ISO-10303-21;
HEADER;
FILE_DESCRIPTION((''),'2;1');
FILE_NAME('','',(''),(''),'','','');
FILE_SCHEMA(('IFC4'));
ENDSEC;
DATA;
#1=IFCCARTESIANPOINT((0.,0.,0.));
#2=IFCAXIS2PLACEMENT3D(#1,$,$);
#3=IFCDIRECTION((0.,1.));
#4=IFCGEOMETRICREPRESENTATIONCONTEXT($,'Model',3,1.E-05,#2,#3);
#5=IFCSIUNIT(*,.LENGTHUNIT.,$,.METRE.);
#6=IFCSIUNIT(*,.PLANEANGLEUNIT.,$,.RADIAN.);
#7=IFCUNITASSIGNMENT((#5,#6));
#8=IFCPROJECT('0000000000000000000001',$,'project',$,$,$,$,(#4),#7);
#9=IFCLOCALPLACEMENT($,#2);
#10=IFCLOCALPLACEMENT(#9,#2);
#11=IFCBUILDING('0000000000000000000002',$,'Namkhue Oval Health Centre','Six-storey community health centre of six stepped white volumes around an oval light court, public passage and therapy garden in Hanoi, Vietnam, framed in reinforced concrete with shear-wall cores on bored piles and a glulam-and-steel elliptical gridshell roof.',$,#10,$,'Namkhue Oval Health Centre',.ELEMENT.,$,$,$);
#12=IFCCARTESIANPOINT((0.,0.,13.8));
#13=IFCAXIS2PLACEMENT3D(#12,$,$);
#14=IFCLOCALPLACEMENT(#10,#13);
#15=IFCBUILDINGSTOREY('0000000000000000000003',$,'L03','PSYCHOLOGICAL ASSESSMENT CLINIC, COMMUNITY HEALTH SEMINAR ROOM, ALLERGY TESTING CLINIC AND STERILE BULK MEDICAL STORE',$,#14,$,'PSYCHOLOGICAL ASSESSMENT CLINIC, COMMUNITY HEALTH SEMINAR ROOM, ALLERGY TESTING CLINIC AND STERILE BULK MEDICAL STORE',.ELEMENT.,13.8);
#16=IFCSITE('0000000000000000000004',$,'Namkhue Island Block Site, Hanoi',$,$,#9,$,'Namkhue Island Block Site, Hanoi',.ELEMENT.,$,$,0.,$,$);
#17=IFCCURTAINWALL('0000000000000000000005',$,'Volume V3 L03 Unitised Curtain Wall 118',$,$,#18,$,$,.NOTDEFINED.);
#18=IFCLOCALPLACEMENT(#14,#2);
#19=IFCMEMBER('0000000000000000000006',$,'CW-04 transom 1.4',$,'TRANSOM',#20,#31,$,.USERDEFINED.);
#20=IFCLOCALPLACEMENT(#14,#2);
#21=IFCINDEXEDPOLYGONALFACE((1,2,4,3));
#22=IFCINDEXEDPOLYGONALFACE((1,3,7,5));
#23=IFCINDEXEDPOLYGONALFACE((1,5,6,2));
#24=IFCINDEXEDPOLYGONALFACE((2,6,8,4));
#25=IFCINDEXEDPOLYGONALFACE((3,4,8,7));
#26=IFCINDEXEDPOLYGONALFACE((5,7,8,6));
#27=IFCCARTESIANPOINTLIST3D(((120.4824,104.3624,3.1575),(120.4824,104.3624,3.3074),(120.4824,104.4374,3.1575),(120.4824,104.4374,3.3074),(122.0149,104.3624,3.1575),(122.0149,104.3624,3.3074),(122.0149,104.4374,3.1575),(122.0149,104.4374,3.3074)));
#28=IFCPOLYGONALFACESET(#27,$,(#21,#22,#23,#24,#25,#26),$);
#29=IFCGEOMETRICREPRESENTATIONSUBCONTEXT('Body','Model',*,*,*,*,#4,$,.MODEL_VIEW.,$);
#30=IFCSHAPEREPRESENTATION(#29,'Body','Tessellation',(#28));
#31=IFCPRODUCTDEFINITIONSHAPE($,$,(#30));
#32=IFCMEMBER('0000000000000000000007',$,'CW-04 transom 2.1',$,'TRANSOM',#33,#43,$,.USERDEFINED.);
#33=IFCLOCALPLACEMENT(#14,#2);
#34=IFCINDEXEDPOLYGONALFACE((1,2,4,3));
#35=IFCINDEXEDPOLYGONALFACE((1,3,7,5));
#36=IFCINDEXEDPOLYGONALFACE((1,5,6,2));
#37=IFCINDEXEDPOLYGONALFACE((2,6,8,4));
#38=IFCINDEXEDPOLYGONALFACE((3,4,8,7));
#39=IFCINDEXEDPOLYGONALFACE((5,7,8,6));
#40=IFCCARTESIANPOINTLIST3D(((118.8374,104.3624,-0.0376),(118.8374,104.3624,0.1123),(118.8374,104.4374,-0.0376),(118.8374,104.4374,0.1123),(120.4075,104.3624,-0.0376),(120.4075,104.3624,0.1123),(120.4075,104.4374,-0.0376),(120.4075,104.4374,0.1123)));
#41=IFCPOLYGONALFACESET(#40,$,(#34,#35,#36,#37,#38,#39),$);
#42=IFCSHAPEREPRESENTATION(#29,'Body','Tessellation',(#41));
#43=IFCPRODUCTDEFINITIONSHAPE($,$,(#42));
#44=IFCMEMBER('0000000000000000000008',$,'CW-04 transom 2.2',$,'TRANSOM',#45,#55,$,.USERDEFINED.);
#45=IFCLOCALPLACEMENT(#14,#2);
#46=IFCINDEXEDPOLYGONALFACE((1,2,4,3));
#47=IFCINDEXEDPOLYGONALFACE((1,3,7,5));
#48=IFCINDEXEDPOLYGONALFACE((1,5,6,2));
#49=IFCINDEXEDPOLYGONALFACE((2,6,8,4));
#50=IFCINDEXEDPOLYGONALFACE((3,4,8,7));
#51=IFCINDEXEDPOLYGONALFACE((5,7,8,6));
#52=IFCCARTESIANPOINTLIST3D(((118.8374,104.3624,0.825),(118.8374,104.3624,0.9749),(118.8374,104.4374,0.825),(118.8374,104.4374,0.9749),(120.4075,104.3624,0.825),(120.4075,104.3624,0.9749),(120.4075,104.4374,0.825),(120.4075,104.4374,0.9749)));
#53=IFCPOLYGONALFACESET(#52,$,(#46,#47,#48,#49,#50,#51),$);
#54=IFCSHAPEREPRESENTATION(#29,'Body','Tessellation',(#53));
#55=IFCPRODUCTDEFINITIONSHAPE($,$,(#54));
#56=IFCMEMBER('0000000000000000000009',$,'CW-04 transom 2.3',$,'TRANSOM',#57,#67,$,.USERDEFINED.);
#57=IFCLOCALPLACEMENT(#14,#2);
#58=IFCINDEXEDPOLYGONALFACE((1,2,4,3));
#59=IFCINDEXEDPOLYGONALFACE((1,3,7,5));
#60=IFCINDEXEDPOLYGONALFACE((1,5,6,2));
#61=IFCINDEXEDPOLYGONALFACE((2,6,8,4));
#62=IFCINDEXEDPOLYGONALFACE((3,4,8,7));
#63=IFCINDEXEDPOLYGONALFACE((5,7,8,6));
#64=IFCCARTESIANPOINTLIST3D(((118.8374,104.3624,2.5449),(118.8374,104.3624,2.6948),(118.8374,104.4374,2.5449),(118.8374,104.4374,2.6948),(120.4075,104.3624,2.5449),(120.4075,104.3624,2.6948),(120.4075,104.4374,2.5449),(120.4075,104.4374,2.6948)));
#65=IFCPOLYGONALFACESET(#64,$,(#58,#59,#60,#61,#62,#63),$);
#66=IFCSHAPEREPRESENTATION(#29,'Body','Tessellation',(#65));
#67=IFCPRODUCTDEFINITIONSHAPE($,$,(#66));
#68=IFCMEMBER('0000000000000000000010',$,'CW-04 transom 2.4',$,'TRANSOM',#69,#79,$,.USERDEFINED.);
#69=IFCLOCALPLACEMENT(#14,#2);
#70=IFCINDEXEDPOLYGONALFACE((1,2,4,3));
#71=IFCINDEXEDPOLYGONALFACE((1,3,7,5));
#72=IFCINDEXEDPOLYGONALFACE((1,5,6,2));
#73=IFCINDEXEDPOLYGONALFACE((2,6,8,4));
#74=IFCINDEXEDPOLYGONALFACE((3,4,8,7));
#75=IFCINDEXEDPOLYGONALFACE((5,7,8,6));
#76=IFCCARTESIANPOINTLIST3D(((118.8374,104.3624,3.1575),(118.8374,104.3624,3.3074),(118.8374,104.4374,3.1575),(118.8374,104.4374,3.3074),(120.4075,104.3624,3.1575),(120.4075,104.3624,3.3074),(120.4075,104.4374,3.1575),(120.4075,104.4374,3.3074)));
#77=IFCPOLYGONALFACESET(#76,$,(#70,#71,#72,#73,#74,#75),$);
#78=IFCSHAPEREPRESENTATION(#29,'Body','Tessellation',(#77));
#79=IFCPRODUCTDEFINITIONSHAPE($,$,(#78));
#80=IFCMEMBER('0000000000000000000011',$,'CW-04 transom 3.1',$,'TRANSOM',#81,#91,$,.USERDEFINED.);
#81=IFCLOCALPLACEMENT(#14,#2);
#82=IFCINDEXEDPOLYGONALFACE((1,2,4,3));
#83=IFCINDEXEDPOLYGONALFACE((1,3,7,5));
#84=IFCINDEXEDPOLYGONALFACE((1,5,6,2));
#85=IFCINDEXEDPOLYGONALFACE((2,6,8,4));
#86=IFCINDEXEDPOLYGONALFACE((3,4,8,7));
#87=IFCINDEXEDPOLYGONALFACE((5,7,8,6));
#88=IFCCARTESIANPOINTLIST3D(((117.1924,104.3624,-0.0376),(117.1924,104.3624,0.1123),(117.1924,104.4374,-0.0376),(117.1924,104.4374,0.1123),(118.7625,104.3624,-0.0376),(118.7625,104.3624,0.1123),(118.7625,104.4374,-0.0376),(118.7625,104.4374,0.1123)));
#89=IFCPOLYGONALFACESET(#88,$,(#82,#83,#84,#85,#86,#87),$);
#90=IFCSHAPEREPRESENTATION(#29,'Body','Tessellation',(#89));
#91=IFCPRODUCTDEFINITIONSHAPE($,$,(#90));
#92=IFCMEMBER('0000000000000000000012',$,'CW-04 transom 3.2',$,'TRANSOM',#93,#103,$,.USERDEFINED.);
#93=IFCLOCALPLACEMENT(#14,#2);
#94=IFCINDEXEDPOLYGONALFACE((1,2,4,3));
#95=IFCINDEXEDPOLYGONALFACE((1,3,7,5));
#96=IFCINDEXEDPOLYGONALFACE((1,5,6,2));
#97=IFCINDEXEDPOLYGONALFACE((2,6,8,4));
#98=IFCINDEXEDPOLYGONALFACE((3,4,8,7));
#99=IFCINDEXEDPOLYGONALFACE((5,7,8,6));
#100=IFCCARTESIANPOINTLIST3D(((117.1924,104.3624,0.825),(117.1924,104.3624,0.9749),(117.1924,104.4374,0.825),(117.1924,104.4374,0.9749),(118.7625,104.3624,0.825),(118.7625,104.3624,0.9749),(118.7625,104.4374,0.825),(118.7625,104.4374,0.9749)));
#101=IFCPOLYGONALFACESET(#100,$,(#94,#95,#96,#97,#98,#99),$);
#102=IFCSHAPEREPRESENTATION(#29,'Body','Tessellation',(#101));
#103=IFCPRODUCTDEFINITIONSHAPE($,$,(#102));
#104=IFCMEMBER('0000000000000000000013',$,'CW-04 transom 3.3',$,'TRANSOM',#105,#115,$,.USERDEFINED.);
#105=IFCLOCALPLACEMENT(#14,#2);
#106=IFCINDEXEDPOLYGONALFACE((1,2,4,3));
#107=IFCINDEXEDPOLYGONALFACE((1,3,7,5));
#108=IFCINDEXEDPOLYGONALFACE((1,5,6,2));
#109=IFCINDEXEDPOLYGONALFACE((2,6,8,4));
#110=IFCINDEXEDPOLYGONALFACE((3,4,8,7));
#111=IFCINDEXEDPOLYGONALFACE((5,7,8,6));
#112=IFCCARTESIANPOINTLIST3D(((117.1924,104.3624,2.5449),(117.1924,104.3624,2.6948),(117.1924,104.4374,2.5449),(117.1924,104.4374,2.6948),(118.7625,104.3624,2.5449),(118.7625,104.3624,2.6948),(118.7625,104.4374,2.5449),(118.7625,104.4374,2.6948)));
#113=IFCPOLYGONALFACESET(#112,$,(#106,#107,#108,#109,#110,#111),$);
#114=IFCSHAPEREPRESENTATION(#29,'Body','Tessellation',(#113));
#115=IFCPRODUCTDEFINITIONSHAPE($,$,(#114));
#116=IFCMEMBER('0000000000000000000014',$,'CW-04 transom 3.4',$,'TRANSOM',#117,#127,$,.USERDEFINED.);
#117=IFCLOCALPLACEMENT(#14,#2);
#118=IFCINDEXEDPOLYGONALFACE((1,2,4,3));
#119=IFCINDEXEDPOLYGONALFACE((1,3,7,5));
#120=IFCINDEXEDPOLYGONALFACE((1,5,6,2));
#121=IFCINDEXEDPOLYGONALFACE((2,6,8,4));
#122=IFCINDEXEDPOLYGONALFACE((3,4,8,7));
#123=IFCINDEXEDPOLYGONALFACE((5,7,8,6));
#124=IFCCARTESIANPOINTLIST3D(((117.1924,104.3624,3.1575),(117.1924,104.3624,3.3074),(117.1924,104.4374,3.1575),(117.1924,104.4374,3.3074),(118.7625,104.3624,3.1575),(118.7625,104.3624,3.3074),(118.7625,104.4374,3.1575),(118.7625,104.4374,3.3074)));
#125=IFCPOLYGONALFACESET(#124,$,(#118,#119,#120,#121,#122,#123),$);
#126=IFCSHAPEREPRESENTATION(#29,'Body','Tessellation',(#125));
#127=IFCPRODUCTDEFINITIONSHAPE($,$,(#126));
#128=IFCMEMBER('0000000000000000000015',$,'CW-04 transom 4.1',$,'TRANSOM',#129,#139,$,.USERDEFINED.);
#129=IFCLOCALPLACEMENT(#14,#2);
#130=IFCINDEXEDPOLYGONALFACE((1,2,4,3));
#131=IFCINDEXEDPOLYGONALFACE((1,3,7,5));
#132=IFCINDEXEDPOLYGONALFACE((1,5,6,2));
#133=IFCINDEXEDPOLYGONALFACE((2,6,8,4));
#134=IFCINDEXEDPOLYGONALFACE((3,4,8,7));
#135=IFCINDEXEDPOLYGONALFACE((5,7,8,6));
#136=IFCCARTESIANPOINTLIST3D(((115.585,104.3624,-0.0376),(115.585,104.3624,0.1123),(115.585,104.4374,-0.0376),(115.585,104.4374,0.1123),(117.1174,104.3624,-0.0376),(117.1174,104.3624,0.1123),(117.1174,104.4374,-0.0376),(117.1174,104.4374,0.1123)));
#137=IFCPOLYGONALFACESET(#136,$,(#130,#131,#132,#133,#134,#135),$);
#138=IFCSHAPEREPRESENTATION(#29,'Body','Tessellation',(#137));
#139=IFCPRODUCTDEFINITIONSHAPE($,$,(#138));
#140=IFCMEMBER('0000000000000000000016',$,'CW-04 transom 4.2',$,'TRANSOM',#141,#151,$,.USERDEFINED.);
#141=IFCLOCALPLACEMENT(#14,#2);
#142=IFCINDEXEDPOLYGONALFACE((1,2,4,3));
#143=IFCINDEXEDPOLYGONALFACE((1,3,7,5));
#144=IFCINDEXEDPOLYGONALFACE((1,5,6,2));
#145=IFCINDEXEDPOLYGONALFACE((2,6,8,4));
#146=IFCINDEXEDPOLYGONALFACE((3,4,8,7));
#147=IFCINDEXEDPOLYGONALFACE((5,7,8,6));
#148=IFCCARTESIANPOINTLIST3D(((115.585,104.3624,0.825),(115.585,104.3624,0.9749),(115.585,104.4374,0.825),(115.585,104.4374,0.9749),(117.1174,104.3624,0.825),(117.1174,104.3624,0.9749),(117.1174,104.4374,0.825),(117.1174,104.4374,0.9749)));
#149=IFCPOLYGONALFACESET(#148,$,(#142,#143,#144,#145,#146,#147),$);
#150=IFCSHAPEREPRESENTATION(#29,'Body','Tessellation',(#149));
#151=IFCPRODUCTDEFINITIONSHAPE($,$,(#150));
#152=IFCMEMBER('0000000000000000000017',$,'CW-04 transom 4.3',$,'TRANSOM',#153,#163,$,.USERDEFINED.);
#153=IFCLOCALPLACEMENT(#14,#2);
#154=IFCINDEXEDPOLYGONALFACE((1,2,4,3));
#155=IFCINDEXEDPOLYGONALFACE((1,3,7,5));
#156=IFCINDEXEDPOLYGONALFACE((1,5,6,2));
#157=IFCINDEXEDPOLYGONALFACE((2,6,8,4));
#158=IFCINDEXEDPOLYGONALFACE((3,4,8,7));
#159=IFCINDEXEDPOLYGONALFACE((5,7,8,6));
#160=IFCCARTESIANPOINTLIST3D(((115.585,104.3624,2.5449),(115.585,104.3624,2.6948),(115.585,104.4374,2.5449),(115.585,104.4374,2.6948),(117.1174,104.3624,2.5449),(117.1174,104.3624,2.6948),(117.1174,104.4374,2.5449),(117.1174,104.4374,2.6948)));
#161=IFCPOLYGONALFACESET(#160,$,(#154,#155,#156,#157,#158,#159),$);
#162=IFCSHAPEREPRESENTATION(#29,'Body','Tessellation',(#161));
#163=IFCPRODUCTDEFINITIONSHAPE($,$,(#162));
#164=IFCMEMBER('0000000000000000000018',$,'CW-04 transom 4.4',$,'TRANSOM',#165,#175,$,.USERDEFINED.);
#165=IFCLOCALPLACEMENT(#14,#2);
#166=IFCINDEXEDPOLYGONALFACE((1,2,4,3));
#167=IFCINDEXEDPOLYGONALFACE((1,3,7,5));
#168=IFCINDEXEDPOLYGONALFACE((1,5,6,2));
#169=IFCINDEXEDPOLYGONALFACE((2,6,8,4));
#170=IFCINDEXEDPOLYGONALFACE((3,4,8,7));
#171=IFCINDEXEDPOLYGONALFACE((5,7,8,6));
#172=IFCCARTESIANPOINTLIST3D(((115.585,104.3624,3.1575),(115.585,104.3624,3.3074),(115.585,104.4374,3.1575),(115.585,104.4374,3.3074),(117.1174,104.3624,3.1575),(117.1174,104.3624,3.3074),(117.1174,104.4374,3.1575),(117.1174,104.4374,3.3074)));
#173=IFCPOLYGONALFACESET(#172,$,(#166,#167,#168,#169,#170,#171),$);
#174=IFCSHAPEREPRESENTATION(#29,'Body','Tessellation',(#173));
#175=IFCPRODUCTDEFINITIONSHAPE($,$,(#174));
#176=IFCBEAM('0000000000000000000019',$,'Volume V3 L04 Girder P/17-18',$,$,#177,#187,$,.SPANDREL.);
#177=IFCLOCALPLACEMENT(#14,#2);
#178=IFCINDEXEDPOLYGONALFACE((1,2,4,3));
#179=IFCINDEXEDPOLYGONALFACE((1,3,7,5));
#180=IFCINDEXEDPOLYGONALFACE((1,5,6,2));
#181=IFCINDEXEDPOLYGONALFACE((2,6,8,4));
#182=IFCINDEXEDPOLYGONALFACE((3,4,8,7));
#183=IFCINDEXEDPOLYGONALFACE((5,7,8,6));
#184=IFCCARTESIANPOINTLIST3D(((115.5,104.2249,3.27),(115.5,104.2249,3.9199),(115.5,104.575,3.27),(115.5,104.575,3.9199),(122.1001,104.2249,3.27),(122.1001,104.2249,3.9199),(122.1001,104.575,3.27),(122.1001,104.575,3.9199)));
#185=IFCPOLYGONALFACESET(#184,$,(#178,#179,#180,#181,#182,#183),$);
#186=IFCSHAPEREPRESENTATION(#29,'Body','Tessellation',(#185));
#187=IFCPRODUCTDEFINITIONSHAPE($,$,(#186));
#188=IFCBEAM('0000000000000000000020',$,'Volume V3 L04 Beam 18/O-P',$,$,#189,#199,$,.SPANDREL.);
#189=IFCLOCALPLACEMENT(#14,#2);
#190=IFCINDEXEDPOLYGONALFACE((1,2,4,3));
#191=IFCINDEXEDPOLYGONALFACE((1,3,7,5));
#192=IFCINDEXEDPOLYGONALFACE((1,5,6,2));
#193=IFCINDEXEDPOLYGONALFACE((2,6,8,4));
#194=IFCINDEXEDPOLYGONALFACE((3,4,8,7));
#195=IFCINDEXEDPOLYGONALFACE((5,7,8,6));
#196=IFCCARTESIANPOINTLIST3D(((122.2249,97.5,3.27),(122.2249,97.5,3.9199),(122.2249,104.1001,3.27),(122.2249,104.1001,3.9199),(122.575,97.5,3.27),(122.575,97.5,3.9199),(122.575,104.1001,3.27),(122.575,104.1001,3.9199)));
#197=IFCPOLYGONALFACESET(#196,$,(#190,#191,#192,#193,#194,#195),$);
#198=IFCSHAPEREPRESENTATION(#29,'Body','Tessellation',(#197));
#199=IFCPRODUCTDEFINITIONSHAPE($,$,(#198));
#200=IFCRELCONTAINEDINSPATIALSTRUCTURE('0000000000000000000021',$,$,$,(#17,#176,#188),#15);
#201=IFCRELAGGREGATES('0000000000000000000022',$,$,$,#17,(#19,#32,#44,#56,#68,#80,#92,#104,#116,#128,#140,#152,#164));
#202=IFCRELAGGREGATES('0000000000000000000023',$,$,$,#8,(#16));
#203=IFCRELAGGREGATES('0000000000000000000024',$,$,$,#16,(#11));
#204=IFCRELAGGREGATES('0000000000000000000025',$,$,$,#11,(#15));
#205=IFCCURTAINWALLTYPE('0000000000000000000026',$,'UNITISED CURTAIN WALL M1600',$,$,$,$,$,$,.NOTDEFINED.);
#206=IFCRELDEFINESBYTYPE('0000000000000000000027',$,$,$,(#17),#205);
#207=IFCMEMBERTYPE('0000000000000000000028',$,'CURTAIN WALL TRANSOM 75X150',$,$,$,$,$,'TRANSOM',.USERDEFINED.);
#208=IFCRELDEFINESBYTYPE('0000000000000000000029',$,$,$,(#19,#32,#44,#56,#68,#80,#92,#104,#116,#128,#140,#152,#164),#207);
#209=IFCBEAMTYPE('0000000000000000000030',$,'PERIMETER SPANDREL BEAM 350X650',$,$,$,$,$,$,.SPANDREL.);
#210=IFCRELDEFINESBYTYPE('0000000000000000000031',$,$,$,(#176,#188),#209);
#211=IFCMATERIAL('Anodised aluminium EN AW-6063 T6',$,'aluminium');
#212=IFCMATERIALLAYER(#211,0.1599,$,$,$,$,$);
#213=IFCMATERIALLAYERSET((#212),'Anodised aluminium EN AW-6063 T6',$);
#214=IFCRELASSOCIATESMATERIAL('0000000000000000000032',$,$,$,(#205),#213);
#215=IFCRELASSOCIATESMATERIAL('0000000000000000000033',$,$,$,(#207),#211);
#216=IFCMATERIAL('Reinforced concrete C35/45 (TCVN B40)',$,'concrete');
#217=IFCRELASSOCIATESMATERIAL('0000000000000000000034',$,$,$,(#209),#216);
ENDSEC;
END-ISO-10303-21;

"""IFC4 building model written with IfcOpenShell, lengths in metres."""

from ifc_helpers import new_model, si_unit, direction, frame, origin, origin_2d, place, context, subcontext, project, spatial, rectangle, extrude, material, layer, layer_set, material_profile, profile_set, type_object, element, aggregate, save


model = new_model("IFC4")

# Units and contexts
model_context = context("Model", 3, precision=1e-05, world=origin(), true_north=direction((0.0, 1.0)))
body_context = subcontext(model_context, "Body", "Model", "MODEL_VIEW")
ifc_project = project(units=[si_unit("LENGTHUNIT", "METRE"), si_unit("PLANEANGLEUNIT", "RADIAN")], contexts=[model_context])

# Site, building, storey
site_placement = place(None, origin())
site = spatial("IfcSite", under=ifc_project, at=site_placement, Name="Namkhue Island Block Site, Hanoi", LongName="Namkhue Island Block Site, Hanoi", CompositionType="ELEMENT", RefElevation=0.0)
building_placement = place(site_placement, origin())
building = spatial("IfcBuilding", under=site, at=building_placement, Name="Namkhue Oval Health Centre", Description="Six-storey community health centre of six stepped white volumes around an oval light court, public passage and therapy garden in Hanoi, Vietnam, framed in reinforced concrete with shear-wall cores on bored piles and a glulam-and-steel elliptical gridshell roof.", LongName="Namkhue Oval Health Centre", CompositionType="ELEMENT")
storey_placement = place(building_placement, frame((0.0, 0.0, 13.8)))
storey = spatial("IfcBuildingStorey", under=building, at=storey_placement, Name="L03", Description="PSYCHOLOGICAL ASSESSMENT CLINIC, COMMUNITY HEALTH SEMINAR ROOM, ALLERGY TESTING CLINIC AND STERILE BULK MEDICAL STORE", LongName="PSYCHOLOGICAL ASSESSMENT CLINIC, COMMUNITY HEALTH SEMINAR ROOM, ALLERGY TESTING CLINIC AND STERILE BULK MEDICAL STORE", CompositionType="ELEMENT", Elevation=13.8)

# Shared definitions
ifc_material_1 = material(Name="Reinforced concrete C35/45 (TCVN B40)", Category="concrete")

# Curtain wall, members
ifc_material_2 = material(Name="Anodised aluminium EN AW-6063 T6", Category="aluminium")
ifc_layer_1 = layer(ifc_material_2, 0.1599)
ifc_layer_set_1 = layer_set([ifc_layer_1], Name="Anodised aluminium EN AW-6063 T6")
curtain_wall_type = type_object("IfcCurtainWallType", Name="UNITISED CURTAIN WALL M1600", PredefinedType="NOTDEFINED", material=ifc_layer_set_1)
curtain_wall_placement = place(storey_placement, origin())
curtain_wall = element("IfcCurtainWall", 1, at=curtain_wall_placement, inside=storey, type_object=curtain_wall_type, Name="Volume V3 L03 Unitised Curtain Wall 118", PredefinedType="NOTDEFINED")
ifc_material_profile_1 = material_profile(ifc_material_2, rectangle(XDim=0.075, YDim=0.1499, at=origin_2d()), Name="ALU 75x150")
ifc_profile_set_1 = profile_set([ifc_material_profile_1], Name="Anodised aluminium EN AW-6063 T6")
member_type_1 = type_object("IfcMemberType", Name="CURTAIN WALL TRANSOM 75X150", ElementType="TRANSOM", PredefinedType="USERDEFINED", material=ifc_profile_set_1)
member_1_placement = place(storey_placement, frame((122.0149, 104.3999, 3.2324), z_axis=(-1.0, 0.0, 0.0), x_axis=(0.0, -1.0, 0.0)))
member_1 = element("IfcMember", 2, at=member_1_placement, type_object=member_type_1, Name="CW-04 transom 1.4", ObjectType="TRANSOM", PredefinedType="USERDEFINED", context=body_context, shape_type="SweptSolid", body=[
    extrude(rectangle(XDim=0.075, YDim=0.1499, at=origin_2d()), origin(), (0.0, 0.0, 1.0), 1.5325),
])
member_2_placement = place(storey_placement, frame((120.4075, 104.3999, 0.0374), z_axis=(-1.0, 0.0, 0.0), x_axis=(0.0, -1.0, 0.0)))
member_2 = element("IfcMember", 3, at=member_2_placement, type_object=member_type_1, Name="CW-04 transom 2.1", ObjectType="TRANSOM", PredefinedType="USERDEFINED", context=body_context, shape_type="SweptSolid", body=[
    extrude(rectangle(XDim=0.075, YDim=0.1499, at=origin_2d()), origin(), (0.0, 0.0, 1.0), 1.5701),
])
member_3_placement = place(storey_placement, frame((120.4075, 104.3999, 0.8999), z_axis=(-1.0, 0.0, 0.0), x_axis=(0.0, -1.0, 0.0)))
member_3 = element("IfcMember", 4, at=member_3_placement, type_object=member_type_1, Name="CW-04 transom 2.2", ObjectType="TRANSOM", PredefinedType="USERDEFINED", context=body_context, shape_type="SweptSolid", body=[
    extrude(rectangle(XDim=0.075, YDim=0.1499, at=origin_2d()), origin(), (0.0, 0.0, 1.0), 1.5701),
])
member_4_placement = place(storey_placement, frame((120.4075, 104.3999, 2.6199), z_axis=(-1.0, 0.0, 0.0), x_axis=(0.0, -1.0, 0.0)))
member_4 = element("IfcMember", 5, at=member_4_placement, type_object=member_type_1, Name="CW-04 transom 2.3", ObjectType="TRANSOM", PredefinedType="USERDEFINED", context=body_context, shape_type="SweptSolid", body=[
    extrude(rectangle(XDim=0.075, YDim=0.1499, at=origin_2d()), origin(), (0.0, 0.0, 1.0), 1.5701),
])
member_5_placement = place(storey_placement, frame((120.4075, 104.3999, 3.2324), z_axis=(-1.0, 0.0, 0.0), x_axis=(0.0, -1.0, 0.0)))
member_5 = element("IfcMember", 6, at=member_5_placement, type_object=member_type_1, Name="CW-04 transom 2.4", ObjectType="TRANSOM", PredefinedType="USERDEFINED", context=body_context, shape_type="SweptSolid", body=[
    extrude(rectangle(XDim=0.075, YDim=0.1499, at=origin_2d()), origin(), (0.0, 0.0, 1.0), 1.5701),
])
member_6_placement = place(storey_placement, frame((118.7625, 104.3999, 0.0374), z_axis=(-1.0, 0.0, 0.0), x_axis=(0.0, -1.0, 0.0)))
member_6 = element("IfcMember", 7, at=member_6_placement, type_object=member_type_1, Name="CW-04 transom 3.1", ObjectType="TRANSOM", PredefinedType="USERDEFINED", context=body_context, shape_type="SweptSolid", body=[
    extrude(rectangle(XDim=0.075, YDim=0.1499, at=origin_2d()), origin(), (0.0, 0.0, 1.0), 1.5701),
])
member_7_placement = place(storey_placement, frame((118.7625, 104.3999, 0.8999), z_axis=(-1.0, 0.0, 0.0), x_axis=(0.0, -1.0, 0.0)))
member_7 = element("IfcMember", 8, at=member_7_placement, type_object=member_type_1, Name="CW-04 transom 3.2", ObjectType="TRANSOM", PredefinedType="USERDEFINED", context=body_context, shape_type="SweptSolid", body=[
    extrude(rectangle(XDim=0.075, YDim=0.1499, at=origin_2d()), origin(), (0.0, 0.0, 1.0), 1.5701),
])
member_8_placement = place(storey_placement, frame((118.7625, 104.3999, 2.6199), z_axis=(-1.0, 0.0, 0.0), x_axis=(0.0, -1.0, 0.0)))
member_8 = element("IfcMember", 9, at=member_8_placement, type_object=member_type_1, Name="CW-04 transom 3.3", ObjectType="TRANSOM", PredefinedType="USERDEFINED", context=body_context, shape_type="SweptSolid", body=[
    extrude(rectangle(XDim=0.075, YDim=0.1499, at=origin_2d()), origin(), (0.0, 0.0, 1.0), 1.5701),
])
member_9_placement = place(storey_placement, frame((118.7625, 104.3999, 3.2324), z_axis=(-1.0, 0.0, 0.0), x_axis=(0.0, -1.0, 0.0)))
member_9 = element("IfcMember", 10, at=member_9_placement, type_object=member_type_1, Name="CW-04 transom 3.4", ObjectType="TRANSOM", PredefinedType="USERDEFINED", context=body_context, shape_type="SweptSolid", body=[
    extrude(rectangle(XDim=0.075, YDim=0.1499, at=origin_2d()), origin(), (0.0, 0.0, 1.0), 1.5701),
])
member_10_placement = place(storey_placement, frame((117.1174, 104.3999, 0.0374), z_axis=(-1.0, 0.0, 0.0), x_axis=(0.0, -1.0, 0.0)))
member_10 = element("IfcMember", 11, at=member_10_placement, type_object=member_type_1, Name="CW-04 transom 4.1", ObjectType="TRANSOM", PredefinedType="USERDEFINED", context=body_context, shape_type="SweptSolid", body=[
    extrude(rectangle(XDim=0.075, YDim=0.1499, at=origin_2d()), origin(), (0.0, 0.0, 1.0), 1.5325),
])
member_11_placement = place(storey_placement, frame((117.1174, 104.3999, 0.8999), z_axis=(-1.0, 0.0, 0.0), x_axis=(0.0, -1.0, 0.0)))
member_11 = element("IfcMember", 12, at=member_11_placement, type_object=member_type_1, Name="CW-04 transom 4.2", ObjectType="TRANSOM", PredefinedType="USERDEFINED", context=body_context, shape_type="SweptSolid", body=[
    extrude(rectangle(XDim=0.075, YDim=0.1499, at=origin_2d()), origin(), (0.0, 0.0, 1.0), 1.5325),
])
member_12_placement = place(storey_placement, frame((117.1174, 104.3999, 2.6199), z_axis=(-1.0, 0.0, 0.0), x_axis=(0.0, -1.0, 0.0)))
member_12 = element("IfcMember", 13, at=member_12_placement, type_object=member_type_1, Name="CW-04 transom 4.3", ObjectType="TRANSOM", PredefinedType="USERDEFINED", context=body_context, shape_type="SweptSolid", body=[
    extrude(rectangle(XDim=0.075, YDim=0.1499, at=origin_2d()), origin(), (0.0, 0.0, 1.0), 1.5325),
])
member_13_placement = place(storey_placement, frame((117.1174, 104.3999, 3.2324), z_axis=(-1.0, 0.0, 0.0), x_axis=(0.0, -1.0, 0.0)))
member_13 = element("IfcMember", 14, at=member_13_placement, type_object=member_type_1, Name="CW-04 transom 4.4", ObjectType="TRANSOM", PredefinedType="USERDEFINED", context=body_context, shape_type="SweptSolid", body=[
    extrude(rectangle(XDim=0.075, YDim=0.1499, at=origin_2d()), origin(), (0.0, 0.0, 1.0), 1.5325),
])

# Beams
ifc_material_profile_2 = material_profile(ifc_material_1, rectangle(XDim=0.3501, YDim=0.6499, at=origin_2d()), Name="RC 350x650")
ifc_profile_set_2 = profile_set([ifc_material_profile_2], Name="Reinforced concrete C35/45 (TCVN B40)")
beam_type = type_object("IfcBeamType", Name="PERIMETER SPANDREL BEAM 350X650", PredefinedType="SPANDREL", material=ifc_profile_set_2)
for number, where, z_axis, x_axis, name in (
    (15, (115.5, 104.3999, 3.595), (1.0, 0.0, 0.0), (0.0, 1.0, 0.0), "Volume V3 L04 Girder P/17-18"),
    (16, (122.3999, 97.5, 3.595), (0.0, 1.0, 0.0), (-1.0, 0.0, 0.0), "Volume V3 L04 Beam 18/O-P"),
):
    element("IfcBeam", number, at=place(storey_placement, frame(where, z_axis=z_axis, x_axis=x_axis)), inside=storey, type_object=beam_type, Name=name, PredefinedType="SPANDREL", context=body_context, shape_type="SweptSolid", body=[
        extrude(rectangle(XDim=0.3501, YDim=0.6499, at=origin_2d()), origin(), (0.0, 0.0, 1.0), 6.6001),
    ])

aggregate(curtain_wall, [member_1, member_2, member_3, member_4, member_5, member_6, member_7, member_8, member_9, member_10, member_11, member_12, member_13])

save(model, "model.ifc")
